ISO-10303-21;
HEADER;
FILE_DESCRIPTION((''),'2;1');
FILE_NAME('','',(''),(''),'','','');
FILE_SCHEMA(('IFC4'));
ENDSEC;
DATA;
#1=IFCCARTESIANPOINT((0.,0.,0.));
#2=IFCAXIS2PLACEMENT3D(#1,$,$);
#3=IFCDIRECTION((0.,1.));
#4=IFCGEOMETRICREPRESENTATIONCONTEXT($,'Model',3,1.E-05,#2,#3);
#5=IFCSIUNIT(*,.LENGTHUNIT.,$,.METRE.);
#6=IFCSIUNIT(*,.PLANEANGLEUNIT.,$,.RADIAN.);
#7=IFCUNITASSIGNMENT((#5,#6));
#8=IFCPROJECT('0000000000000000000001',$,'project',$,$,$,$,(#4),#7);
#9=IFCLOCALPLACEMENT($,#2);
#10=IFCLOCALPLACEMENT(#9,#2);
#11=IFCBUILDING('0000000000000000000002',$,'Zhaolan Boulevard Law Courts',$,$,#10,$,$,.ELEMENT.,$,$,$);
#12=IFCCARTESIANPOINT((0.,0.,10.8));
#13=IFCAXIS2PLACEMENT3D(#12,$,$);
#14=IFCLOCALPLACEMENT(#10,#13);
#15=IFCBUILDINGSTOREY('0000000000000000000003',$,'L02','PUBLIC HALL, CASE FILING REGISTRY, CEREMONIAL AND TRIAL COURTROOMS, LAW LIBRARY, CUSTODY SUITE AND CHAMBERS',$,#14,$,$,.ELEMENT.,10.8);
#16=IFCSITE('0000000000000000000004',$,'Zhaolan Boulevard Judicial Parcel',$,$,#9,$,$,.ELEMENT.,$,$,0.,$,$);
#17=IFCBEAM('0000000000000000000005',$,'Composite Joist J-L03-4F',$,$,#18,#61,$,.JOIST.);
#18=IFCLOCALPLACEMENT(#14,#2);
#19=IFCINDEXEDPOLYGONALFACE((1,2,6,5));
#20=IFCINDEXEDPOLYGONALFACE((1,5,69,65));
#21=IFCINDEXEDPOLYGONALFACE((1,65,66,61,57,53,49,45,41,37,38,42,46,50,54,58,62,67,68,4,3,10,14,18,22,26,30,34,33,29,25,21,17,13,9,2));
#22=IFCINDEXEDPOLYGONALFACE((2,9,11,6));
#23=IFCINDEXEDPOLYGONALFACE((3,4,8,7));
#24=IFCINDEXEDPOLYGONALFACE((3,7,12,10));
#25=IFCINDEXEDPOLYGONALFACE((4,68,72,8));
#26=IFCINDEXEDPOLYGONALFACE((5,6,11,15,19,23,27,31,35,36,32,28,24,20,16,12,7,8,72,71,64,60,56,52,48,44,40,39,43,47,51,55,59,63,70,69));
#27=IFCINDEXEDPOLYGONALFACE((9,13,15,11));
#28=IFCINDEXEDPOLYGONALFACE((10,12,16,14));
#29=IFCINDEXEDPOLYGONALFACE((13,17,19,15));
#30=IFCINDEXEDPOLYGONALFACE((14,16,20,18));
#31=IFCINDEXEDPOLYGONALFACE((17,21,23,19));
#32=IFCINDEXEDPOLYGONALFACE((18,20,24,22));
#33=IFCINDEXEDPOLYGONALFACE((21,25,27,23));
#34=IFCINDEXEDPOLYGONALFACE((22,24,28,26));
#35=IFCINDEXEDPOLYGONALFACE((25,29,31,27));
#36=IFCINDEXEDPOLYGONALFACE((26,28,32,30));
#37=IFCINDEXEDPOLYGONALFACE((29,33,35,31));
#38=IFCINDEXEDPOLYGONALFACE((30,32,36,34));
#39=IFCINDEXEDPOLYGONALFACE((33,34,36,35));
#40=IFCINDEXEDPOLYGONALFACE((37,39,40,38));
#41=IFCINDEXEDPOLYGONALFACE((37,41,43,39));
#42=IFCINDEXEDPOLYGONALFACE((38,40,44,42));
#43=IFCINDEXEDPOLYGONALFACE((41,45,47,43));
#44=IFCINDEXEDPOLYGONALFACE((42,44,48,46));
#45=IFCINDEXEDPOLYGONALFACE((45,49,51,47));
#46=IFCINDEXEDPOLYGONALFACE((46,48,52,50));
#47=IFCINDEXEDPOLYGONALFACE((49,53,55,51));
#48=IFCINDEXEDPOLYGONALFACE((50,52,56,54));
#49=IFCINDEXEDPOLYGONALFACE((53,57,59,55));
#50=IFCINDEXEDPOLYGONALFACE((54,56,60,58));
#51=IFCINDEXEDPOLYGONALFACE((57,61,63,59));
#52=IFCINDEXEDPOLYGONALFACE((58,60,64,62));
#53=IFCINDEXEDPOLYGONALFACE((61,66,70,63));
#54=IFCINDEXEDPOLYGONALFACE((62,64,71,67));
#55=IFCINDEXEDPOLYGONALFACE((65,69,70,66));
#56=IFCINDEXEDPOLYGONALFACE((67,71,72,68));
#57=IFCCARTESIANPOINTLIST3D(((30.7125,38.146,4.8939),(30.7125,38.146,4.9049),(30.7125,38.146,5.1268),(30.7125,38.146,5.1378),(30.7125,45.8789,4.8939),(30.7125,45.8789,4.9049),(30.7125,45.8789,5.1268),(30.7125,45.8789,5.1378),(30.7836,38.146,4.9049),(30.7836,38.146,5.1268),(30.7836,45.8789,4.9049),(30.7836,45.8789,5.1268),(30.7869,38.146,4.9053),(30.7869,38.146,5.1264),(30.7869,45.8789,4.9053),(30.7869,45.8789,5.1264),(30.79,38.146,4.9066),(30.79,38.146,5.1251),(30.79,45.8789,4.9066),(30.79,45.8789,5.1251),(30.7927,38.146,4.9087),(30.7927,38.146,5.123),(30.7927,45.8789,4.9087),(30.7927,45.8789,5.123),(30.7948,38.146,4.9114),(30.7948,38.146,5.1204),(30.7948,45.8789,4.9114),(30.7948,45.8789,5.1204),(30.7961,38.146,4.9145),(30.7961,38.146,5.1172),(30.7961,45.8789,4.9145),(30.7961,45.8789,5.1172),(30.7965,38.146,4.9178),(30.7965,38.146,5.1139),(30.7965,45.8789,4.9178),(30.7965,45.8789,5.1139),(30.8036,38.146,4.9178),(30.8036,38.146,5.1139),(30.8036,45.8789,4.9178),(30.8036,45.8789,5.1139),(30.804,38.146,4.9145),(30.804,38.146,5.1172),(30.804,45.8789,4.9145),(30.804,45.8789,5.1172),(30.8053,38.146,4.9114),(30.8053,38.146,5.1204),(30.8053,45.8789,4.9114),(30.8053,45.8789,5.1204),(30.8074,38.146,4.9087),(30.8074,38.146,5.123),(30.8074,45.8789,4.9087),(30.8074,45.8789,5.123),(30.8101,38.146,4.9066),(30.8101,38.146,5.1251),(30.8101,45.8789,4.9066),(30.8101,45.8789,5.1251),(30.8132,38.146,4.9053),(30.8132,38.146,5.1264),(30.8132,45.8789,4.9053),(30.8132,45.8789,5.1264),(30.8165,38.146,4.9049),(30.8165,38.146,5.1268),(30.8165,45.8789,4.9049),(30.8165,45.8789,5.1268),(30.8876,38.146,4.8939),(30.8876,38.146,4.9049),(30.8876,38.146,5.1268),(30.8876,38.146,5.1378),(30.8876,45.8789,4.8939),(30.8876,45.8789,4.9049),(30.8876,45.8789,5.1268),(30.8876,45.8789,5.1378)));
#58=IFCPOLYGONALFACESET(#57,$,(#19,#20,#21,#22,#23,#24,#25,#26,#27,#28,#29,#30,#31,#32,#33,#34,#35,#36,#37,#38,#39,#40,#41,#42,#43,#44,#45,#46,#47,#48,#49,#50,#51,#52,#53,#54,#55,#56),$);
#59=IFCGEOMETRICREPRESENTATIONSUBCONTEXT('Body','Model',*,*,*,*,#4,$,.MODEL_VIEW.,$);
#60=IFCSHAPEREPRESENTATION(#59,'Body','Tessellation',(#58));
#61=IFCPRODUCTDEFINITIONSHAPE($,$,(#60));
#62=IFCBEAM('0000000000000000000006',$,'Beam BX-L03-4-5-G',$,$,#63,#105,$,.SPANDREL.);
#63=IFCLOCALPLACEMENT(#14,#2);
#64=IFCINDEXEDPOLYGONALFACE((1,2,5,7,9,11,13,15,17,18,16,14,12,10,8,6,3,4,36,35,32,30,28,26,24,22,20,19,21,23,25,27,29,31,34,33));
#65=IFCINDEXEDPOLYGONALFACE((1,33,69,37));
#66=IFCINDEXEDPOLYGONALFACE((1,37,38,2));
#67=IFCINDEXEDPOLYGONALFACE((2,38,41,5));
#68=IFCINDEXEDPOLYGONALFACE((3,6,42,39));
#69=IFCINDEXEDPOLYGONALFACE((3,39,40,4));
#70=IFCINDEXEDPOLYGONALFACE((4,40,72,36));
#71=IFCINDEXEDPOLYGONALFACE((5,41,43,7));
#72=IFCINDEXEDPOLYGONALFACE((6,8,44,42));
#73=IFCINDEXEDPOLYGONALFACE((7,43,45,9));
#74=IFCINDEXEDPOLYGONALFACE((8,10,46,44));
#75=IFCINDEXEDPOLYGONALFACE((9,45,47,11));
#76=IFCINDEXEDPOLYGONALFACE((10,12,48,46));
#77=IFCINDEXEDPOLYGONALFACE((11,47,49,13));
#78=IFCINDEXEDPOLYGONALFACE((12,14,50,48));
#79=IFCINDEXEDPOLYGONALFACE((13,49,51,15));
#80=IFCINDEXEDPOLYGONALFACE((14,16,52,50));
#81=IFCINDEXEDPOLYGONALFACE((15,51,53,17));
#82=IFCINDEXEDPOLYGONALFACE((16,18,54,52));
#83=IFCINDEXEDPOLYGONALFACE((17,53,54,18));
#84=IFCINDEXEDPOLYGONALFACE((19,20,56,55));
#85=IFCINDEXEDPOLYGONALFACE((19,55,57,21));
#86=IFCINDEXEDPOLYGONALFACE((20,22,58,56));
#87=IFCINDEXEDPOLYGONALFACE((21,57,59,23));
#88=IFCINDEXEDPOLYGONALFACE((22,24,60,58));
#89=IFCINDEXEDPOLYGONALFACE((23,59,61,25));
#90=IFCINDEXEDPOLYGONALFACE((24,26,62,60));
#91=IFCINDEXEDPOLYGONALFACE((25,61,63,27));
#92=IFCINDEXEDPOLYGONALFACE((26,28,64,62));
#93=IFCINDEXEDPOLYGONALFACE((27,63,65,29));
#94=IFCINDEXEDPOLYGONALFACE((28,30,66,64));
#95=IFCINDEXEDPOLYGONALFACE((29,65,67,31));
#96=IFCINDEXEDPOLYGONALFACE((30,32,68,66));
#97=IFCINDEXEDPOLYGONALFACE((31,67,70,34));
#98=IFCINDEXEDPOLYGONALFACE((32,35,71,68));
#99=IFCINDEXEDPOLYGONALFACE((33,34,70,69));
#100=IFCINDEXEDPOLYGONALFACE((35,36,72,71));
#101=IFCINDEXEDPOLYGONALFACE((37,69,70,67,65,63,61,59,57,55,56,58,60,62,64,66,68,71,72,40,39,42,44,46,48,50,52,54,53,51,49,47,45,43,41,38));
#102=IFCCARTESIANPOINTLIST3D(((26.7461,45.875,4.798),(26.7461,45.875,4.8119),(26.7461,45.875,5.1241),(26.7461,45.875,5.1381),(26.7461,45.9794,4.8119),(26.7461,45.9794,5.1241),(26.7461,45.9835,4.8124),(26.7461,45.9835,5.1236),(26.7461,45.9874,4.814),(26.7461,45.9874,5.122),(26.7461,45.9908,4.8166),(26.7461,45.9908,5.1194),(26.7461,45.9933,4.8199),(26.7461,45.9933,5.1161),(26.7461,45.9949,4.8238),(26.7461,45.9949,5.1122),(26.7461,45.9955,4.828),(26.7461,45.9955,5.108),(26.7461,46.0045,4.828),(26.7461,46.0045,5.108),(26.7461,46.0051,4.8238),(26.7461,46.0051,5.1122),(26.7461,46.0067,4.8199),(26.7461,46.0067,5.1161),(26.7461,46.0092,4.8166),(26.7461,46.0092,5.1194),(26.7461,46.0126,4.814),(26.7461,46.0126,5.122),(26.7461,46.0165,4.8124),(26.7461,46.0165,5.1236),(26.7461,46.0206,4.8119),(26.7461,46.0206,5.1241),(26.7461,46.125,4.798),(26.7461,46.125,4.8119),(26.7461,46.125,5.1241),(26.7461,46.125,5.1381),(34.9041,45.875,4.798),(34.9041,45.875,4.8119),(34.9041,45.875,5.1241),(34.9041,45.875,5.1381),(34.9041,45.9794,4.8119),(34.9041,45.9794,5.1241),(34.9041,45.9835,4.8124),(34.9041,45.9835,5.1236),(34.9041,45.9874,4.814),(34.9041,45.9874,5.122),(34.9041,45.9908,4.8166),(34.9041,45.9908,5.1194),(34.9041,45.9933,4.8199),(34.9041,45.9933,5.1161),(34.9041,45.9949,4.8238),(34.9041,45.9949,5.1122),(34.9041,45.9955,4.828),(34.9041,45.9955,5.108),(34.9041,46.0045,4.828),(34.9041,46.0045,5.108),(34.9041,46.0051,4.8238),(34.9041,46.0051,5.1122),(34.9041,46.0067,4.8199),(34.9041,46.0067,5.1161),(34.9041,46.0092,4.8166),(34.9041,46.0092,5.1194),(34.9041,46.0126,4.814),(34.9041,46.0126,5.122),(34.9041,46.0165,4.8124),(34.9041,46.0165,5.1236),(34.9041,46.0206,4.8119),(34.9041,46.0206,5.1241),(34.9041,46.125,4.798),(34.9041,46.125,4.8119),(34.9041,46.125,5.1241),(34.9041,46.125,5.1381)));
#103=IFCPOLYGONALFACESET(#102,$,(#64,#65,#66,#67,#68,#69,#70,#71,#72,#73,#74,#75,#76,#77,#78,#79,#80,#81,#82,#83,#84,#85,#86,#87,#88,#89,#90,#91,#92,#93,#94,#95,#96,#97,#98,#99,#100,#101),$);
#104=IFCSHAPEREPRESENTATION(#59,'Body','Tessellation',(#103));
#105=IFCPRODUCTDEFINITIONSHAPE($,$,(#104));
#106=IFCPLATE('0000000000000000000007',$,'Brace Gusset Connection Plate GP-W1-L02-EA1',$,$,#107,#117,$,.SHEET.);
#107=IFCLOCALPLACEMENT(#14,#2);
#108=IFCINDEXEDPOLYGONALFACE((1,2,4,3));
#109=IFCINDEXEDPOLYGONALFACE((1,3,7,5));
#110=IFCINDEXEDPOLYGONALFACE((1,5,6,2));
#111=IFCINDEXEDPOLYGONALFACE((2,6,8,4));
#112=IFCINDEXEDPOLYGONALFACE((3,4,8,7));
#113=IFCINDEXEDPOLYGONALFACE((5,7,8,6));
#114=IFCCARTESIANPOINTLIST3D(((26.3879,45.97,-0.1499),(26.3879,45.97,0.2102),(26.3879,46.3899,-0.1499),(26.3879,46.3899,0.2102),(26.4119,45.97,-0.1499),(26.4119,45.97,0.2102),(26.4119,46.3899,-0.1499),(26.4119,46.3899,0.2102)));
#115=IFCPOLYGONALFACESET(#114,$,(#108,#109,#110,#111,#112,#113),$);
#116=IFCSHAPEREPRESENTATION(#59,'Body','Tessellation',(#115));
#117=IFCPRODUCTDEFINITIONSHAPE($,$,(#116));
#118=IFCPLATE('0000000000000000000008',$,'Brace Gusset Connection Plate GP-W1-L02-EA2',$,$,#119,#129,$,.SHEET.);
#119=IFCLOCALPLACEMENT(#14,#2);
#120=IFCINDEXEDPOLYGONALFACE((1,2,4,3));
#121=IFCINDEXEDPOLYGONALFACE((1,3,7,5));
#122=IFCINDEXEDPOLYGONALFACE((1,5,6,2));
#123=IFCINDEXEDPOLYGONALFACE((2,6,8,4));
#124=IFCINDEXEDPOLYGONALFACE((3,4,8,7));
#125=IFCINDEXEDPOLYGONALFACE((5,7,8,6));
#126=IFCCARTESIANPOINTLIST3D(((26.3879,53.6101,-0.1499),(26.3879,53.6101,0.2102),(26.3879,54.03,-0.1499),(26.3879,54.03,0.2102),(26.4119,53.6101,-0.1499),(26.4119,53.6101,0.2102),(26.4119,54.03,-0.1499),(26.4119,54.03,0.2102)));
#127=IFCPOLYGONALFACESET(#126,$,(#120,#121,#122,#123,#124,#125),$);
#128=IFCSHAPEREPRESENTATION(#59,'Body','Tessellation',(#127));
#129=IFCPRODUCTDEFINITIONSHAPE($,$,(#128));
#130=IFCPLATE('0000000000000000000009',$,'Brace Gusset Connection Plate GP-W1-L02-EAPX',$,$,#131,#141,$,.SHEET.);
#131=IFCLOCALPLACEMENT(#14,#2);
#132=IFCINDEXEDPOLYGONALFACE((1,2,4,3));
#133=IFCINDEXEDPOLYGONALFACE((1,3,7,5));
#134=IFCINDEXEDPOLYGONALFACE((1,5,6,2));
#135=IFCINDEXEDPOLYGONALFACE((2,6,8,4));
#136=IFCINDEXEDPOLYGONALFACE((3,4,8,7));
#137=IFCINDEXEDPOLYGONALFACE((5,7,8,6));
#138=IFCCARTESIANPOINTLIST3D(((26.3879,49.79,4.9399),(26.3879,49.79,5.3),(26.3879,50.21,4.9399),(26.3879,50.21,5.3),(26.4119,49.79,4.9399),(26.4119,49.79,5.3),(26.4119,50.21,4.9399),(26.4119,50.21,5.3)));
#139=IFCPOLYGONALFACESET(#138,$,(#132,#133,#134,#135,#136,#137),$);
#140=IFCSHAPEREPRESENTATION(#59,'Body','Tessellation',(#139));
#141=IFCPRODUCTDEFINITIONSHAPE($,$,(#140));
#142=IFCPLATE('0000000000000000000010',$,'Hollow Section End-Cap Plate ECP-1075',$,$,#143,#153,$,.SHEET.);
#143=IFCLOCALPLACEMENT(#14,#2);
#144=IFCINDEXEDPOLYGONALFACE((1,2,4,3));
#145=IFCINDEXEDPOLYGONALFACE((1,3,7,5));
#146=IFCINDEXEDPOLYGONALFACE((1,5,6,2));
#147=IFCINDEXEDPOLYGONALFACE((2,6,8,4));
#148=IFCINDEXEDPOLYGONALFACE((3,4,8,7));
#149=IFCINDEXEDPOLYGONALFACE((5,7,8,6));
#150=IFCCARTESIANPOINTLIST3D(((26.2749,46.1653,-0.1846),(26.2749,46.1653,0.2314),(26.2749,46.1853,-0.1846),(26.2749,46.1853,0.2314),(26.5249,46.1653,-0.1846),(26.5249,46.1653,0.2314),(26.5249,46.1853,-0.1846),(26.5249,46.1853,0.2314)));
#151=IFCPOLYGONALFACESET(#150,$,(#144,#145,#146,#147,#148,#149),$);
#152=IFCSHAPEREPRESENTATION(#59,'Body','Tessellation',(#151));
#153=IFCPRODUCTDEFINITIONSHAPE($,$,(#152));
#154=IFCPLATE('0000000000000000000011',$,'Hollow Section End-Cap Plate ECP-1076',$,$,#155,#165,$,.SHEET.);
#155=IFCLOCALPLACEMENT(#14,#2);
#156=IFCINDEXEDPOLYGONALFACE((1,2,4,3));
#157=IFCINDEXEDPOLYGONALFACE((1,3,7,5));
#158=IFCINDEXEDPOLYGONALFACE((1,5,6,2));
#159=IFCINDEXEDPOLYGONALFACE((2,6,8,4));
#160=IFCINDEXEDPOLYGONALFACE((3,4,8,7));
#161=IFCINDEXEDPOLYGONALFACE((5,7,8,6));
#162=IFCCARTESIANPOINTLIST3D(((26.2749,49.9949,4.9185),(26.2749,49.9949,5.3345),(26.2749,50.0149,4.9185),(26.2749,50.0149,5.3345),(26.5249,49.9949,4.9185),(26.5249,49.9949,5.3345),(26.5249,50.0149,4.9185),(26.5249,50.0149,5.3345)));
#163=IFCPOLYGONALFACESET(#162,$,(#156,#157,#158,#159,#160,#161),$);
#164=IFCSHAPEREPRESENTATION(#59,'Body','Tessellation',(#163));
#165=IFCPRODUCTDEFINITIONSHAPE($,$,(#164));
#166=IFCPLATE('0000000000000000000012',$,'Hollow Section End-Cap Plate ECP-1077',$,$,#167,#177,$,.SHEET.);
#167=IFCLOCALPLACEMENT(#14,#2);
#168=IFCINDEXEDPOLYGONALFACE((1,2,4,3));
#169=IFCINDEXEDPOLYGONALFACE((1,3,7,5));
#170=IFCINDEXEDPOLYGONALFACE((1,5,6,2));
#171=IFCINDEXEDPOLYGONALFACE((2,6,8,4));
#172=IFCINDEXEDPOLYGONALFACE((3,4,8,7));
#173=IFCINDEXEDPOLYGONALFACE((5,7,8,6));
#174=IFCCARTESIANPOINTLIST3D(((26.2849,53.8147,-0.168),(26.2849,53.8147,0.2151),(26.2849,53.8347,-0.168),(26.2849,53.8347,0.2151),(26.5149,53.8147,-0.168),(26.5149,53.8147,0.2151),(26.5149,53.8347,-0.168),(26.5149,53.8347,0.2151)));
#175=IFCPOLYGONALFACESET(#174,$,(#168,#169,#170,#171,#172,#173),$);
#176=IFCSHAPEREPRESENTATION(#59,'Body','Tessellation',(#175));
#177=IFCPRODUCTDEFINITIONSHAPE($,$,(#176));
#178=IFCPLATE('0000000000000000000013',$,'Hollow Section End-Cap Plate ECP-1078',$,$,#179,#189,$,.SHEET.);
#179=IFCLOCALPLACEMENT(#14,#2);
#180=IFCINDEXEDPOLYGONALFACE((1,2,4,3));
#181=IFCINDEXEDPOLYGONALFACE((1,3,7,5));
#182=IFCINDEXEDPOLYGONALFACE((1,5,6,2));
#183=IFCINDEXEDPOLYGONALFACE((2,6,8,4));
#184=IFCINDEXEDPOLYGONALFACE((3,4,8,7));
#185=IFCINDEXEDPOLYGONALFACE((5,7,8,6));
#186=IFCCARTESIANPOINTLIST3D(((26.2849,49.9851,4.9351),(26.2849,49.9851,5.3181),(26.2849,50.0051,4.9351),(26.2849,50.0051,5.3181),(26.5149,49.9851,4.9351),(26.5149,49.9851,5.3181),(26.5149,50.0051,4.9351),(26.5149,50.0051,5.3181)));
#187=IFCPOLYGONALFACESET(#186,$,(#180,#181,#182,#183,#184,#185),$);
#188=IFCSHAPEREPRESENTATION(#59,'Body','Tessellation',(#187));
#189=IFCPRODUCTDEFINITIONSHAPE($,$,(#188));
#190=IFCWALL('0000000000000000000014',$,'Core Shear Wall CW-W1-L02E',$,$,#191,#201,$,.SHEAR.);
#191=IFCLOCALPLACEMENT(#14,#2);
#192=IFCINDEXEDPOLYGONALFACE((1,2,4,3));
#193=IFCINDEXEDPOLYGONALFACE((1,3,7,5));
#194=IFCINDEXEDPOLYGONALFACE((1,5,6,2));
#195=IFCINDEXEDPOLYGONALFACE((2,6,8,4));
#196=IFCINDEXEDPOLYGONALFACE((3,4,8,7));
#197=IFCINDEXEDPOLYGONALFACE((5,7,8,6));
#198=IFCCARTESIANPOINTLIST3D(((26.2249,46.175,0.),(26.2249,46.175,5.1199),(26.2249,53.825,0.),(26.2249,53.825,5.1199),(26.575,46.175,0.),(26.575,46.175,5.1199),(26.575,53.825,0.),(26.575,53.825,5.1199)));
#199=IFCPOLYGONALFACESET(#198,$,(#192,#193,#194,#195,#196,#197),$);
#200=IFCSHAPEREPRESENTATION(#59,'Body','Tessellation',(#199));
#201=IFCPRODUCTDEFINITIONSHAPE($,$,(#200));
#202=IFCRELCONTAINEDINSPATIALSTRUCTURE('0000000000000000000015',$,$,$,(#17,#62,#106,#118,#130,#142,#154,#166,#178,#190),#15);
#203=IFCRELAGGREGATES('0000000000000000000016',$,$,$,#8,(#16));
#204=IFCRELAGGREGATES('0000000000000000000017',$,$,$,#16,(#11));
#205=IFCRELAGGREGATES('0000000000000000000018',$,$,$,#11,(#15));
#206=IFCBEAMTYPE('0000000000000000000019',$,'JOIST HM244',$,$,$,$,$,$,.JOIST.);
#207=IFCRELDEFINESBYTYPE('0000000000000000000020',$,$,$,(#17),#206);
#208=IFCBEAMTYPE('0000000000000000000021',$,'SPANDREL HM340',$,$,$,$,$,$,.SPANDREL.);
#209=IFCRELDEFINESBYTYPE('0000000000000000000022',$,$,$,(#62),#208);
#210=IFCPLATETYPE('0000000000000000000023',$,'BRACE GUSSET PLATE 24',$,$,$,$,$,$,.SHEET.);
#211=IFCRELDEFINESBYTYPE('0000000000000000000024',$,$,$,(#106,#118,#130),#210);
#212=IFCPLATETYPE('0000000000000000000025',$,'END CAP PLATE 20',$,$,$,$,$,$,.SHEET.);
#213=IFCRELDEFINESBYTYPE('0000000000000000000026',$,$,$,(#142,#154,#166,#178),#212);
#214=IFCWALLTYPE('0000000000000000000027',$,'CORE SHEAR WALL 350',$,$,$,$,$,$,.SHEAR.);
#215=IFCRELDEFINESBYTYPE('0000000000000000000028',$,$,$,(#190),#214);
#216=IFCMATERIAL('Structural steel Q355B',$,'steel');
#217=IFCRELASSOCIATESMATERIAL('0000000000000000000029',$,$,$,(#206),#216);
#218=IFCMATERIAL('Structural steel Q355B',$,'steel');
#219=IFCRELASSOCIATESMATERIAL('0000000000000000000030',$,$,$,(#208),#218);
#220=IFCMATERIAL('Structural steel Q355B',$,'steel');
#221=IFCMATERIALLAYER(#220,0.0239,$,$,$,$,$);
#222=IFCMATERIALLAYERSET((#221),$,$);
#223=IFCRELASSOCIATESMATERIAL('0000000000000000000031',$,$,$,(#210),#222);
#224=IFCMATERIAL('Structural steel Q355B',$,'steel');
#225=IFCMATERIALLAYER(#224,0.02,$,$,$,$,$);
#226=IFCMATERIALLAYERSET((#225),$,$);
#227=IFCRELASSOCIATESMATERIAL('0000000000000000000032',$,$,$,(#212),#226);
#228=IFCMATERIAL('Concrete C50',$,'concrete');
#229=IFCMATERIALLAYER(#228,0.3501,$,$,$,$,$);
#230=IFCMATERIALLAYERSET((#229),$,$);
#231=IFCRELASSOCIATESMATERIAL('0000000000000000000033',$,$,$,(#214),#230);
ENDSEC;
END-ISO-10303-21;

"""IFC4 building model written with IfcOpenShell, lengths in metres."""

from ifc_helpers import new_model, si_unit, direction, frame, frame_2d, origin, origin_2d, place, context, subcontext, project, spatial, rectangle, i_section, extrude, material, layer, layer_set, material_profile, profile_set, type_object, element, save


model = new_model("IFC4")

# Units and contexts
model_context = context("Model", 3, precision=1e-05, world=origin(), true_north=direction((0.0, 1.0)))
body_context = subcontext(model_context, "Body", "Model", "MODEL_VIEW")
ifc_project = project(units=[si_unit("LENGTHUNIT", "METRE"), si_unit("PLANEANGLEUNIT", "RADIAN")], contexts=[model_context])

# Site, building, storey
site_placement = place(None, origin())
site = spatial("IfcSite", under=ifc_project, at=site_placement, Name="Zhaolan Boulevard Judicial Parcel", CompositionType="ELEMENT", RefElevation=0.0)
building_placement = place(site_placement, origin())
building = spatial("IfcBuilding", under=site, at=building_placement, Name="Zhaolan Boulevard Law Courts", CompositionType="ELEMENT")
storey_placement = place(building_placement, frame((0.0, 0.0, 10.8)))
storey = spatial("IfcBuildingStorey", under=building, at=storey_placement, Name="L02", Description="PUBLIC HALL, CASE FILING REGISTRY, CEREMONIAL AND TRIAL COURTROOMS, LAW LIBRARY, CUSTODY SUITE AND CHAMBERS", CompositionType="ELEMENT", Elevation=10.8)

# Beams
ifc_material_1 = material(Name="Structural steel Q355B", Category="steel")
ifc_material_profile_1 = material_profile(ifc_material_1, i_section(OverallWidth=0.175, OverallDepth=0.2439, WebThickness=0.0071, FlangeThickness=0.011, FilletRadius=0.0129, at=origin_2d()), Name="HM244x175")
ifc_profile_set_1 = profile_set([ifc_material_profile_1], Name="Structural steel Q355B")
beam_type_1 = type_object("IfcBeamType", Name="JOIST HM244", PredefinedType="JOIST", material=ifc_profile_set_1)
beam_1_placement = place(storey_placement, frame((30.8, 38.146, 5.0159), z_axis=(0.0, 1.0, 0.0), x_axis=(-1.0, 0.0, 0.0)))
element("IfcBeam", 1, at=beam_1_placement, inside=storey, type_object=beam_type_1, Name="Composite Joist J-L03-4F", PredefinedType="JOIST", context=body_context, shape_type="SweptSolid", body=[
    extrude(i_section(OverallWidth=0.175, OverallDepth=0.2439, WebThickness=0.0071, FlangeThickness=0.011, FilletRadius=0.0129, at=origin_2d()), origin(), (0.0, 0.0, 1.0), 7.7329),
])
ifc_material_2 = material(Name="Structural steel Q355B", Category="steel")
ifc_material_profile_2 = material_profile(ifc_material_2, i_section(OverallWidth=0.25, OverallDepth=0.3401, WebThickness=0.009, FlangeThickness=0.0139, FilletRadius=0.0161, at=origin_2d()), Name="HM340x250")
ifc_profile_set_2 = profile_set([ifc_material_profile_2], Name="Structural steel Q355B")
beam_type_2 = type_object("IfcBeamType", Name="SPANDREL HM340", PredefinedType="SPANDREL", material=ifc_profile_set_2)
beam_2_placement = place(storey_placement, frame((26.7461, 46.0, 4.968), z_axis=(1.0, 0.0, 0.0), x_axis=(0.0, 1.0, 0.0)))
element("IfcBeam", 2, at=beam_2_placement, inside=storey, type_object=beam_type_2, Name="Beam BX-L03-4-5-G", PredefinedType="SPANDREL", context=body_context, shape_type="SweptSolid", body=[
    extrude(i_section(OverallWidth=0.25, OverallDepth=0.3401, WebThickness=0.009, FlangeThickness=0.0139, FilletRadius=0.0161, at=origin_2d()), origin(), (0.0, 0.0, 1.0), 8.158),
])

# Plates
ifc_material_3 = material(Name="Structural steel Q355B", Category="steel")
ifc_layer_1 = layer(ifc_material_3, 0.0239)
ifc_layer_set_1 = layer_set([ifc_layer_1])
plate_type_1 = type_object("IfcPlateType", Name="BRACE GUSSET PLATE 24", PredefinedType="SHEET", material=ifc_layer_set_1)
for number, where, z_axis, x_axis, name in (
    (3, (26.3999, 46.1799, -0.1499), (0.0, 0.0, 1.0), (0.0, 1.0, 0.0), "Brace Gusset Connection Plate GP-W1-L02-EA1"),
    (4, (26.3999, 53.8201, -0.1499), (0.0, 0.0, 1.0), (0.0, 1.0, 0.0), "Brace Gusset Connection Plate GP-W1-L02-EA2"),
    (5, (26.3999, 50.0, 4.9399), (0.0, 0.0, 1.0), (0.0, 1.0, 0.0), "Brace Gusset Connection Plate GP-W1-L02-EAPX"),
):
    element("IfcPlate", number, at=place(storey_placement, frame(where, z_axis=z_axis, x_axis=x_axis)), inside=storey, type_object=plate_type_1, Name=name, PredefinedType="SHEET", context=body_context, shape_type="SweptSolid", body=[
        extrude(rectangle(XDim=0.4199, YDim=0.0239, at=origin_2d()), origin(), (0.0, 0.0, 1.0), 0.3601),
    ])
ifc_material_4 = material(Name="Structural steel Q355B", Category="steel")
ifc_layer_2 = layer(ifc_material_4, 0.02)
ifc_layer_set_2 = layer_set([ifc_layer_2])
plate_type_2 = type_object("IfcPlateType", Name="END CAP PLATE 20", PredefinedType="SHEET", material=ifc_layer_set_2)
for number, where, z_axis, x_axis, name in (
    (6, (26.3999, 46.1753, -0.1846), (0.0, 0.0, 1.0), (0.0, 1.0, 0.0), "Hollow Section End-Cap Plate ECP-1075"),
    (7, (26.3999, 50.0049, 4.9185), (0.0, 0.0, 1.0), (0.0, 1.0, 0.0), "Hollow Section End-Cap Plate ECP-1076"),
):
    element("IfcPlate", number, at=place(storey_placement, frame(where, z_axis=z_axis, x_axis=x_axis)), inside=storey, type_object=plate_type_2, Name=name, PredefinedType="SHEET", context=body_context, shape_type="SweptSolid", body=[
        extrude(rectangle(XDim=0.02, YDim=0.25, at=origin_2d()), origin(), (0.0, 0.0, 1.0), 0.416),
    ])
for number, where, z_axis, x_axis, name in (
    (8, (26.3999, 53.8247, -0.168), (0.0, 0.0, 1.0), (0.0, -1.0, 0.0), "Hollow Section End-Cap Plate ECP-1077"),
    (9, (26.3999, 49.9951, 4.9351), (0.0, 0.0, 1.0), (0.0, -1.0, 0.0), "Hollow Section End-Cap Plate ECP-1078"),
):
    element("IfcPlate", number, at=place(storey_placement, frame(where, z_axis=z_axis, x_axis=x_axis)), inside=storey, type_object=plate_type_2, Name=name, PredefinedType="SHEET", context=body_context, shape_type="SweptSolid", body=[
        extrude(rectangle(XDim=0.02, YDim=0.23, at=origin_2d()), origin(), (0.0, 0.0, 1.0), 0.3831),
    ])

# Shared definitions
ifc_material_5 = material(Name="Concrete C50", Category="concrete")
ifc_layer_3 = layer(ifc_material_5, 0.3501)
ifc_layer_set_3 = layer_set([ifc_layer_3])
wall_type_1 = type_object("IfcWallType", Name="CORE SHEAR WALL 350", PredefinedType="SHEAR", material=ifc_layer_set_3)

# Wall
wall_1_placement = place(storey_placement, frame((26.3999, 46.175, 0.0), z_axis=(0.0, 0.0, 1.0), x_axis=(0.0, 1.0, 0.0)))
element("IfcWall", 10, at=wall_1_placement, inside=storey, type_object=wall_type_1, Name="Core Shear Wall CW-W1-L02E", PredefinedType="SHEAR", context=body_context, shape_type="SweptSolid", body=[
    extrude(rectangle(XDim=7.6499, YDim=0.3501, at=frame_2d((3.825, 0.0))), origin(), (0.0, 0.0, 1.0), 5.1199),
])

save(model, "model.ifc")
